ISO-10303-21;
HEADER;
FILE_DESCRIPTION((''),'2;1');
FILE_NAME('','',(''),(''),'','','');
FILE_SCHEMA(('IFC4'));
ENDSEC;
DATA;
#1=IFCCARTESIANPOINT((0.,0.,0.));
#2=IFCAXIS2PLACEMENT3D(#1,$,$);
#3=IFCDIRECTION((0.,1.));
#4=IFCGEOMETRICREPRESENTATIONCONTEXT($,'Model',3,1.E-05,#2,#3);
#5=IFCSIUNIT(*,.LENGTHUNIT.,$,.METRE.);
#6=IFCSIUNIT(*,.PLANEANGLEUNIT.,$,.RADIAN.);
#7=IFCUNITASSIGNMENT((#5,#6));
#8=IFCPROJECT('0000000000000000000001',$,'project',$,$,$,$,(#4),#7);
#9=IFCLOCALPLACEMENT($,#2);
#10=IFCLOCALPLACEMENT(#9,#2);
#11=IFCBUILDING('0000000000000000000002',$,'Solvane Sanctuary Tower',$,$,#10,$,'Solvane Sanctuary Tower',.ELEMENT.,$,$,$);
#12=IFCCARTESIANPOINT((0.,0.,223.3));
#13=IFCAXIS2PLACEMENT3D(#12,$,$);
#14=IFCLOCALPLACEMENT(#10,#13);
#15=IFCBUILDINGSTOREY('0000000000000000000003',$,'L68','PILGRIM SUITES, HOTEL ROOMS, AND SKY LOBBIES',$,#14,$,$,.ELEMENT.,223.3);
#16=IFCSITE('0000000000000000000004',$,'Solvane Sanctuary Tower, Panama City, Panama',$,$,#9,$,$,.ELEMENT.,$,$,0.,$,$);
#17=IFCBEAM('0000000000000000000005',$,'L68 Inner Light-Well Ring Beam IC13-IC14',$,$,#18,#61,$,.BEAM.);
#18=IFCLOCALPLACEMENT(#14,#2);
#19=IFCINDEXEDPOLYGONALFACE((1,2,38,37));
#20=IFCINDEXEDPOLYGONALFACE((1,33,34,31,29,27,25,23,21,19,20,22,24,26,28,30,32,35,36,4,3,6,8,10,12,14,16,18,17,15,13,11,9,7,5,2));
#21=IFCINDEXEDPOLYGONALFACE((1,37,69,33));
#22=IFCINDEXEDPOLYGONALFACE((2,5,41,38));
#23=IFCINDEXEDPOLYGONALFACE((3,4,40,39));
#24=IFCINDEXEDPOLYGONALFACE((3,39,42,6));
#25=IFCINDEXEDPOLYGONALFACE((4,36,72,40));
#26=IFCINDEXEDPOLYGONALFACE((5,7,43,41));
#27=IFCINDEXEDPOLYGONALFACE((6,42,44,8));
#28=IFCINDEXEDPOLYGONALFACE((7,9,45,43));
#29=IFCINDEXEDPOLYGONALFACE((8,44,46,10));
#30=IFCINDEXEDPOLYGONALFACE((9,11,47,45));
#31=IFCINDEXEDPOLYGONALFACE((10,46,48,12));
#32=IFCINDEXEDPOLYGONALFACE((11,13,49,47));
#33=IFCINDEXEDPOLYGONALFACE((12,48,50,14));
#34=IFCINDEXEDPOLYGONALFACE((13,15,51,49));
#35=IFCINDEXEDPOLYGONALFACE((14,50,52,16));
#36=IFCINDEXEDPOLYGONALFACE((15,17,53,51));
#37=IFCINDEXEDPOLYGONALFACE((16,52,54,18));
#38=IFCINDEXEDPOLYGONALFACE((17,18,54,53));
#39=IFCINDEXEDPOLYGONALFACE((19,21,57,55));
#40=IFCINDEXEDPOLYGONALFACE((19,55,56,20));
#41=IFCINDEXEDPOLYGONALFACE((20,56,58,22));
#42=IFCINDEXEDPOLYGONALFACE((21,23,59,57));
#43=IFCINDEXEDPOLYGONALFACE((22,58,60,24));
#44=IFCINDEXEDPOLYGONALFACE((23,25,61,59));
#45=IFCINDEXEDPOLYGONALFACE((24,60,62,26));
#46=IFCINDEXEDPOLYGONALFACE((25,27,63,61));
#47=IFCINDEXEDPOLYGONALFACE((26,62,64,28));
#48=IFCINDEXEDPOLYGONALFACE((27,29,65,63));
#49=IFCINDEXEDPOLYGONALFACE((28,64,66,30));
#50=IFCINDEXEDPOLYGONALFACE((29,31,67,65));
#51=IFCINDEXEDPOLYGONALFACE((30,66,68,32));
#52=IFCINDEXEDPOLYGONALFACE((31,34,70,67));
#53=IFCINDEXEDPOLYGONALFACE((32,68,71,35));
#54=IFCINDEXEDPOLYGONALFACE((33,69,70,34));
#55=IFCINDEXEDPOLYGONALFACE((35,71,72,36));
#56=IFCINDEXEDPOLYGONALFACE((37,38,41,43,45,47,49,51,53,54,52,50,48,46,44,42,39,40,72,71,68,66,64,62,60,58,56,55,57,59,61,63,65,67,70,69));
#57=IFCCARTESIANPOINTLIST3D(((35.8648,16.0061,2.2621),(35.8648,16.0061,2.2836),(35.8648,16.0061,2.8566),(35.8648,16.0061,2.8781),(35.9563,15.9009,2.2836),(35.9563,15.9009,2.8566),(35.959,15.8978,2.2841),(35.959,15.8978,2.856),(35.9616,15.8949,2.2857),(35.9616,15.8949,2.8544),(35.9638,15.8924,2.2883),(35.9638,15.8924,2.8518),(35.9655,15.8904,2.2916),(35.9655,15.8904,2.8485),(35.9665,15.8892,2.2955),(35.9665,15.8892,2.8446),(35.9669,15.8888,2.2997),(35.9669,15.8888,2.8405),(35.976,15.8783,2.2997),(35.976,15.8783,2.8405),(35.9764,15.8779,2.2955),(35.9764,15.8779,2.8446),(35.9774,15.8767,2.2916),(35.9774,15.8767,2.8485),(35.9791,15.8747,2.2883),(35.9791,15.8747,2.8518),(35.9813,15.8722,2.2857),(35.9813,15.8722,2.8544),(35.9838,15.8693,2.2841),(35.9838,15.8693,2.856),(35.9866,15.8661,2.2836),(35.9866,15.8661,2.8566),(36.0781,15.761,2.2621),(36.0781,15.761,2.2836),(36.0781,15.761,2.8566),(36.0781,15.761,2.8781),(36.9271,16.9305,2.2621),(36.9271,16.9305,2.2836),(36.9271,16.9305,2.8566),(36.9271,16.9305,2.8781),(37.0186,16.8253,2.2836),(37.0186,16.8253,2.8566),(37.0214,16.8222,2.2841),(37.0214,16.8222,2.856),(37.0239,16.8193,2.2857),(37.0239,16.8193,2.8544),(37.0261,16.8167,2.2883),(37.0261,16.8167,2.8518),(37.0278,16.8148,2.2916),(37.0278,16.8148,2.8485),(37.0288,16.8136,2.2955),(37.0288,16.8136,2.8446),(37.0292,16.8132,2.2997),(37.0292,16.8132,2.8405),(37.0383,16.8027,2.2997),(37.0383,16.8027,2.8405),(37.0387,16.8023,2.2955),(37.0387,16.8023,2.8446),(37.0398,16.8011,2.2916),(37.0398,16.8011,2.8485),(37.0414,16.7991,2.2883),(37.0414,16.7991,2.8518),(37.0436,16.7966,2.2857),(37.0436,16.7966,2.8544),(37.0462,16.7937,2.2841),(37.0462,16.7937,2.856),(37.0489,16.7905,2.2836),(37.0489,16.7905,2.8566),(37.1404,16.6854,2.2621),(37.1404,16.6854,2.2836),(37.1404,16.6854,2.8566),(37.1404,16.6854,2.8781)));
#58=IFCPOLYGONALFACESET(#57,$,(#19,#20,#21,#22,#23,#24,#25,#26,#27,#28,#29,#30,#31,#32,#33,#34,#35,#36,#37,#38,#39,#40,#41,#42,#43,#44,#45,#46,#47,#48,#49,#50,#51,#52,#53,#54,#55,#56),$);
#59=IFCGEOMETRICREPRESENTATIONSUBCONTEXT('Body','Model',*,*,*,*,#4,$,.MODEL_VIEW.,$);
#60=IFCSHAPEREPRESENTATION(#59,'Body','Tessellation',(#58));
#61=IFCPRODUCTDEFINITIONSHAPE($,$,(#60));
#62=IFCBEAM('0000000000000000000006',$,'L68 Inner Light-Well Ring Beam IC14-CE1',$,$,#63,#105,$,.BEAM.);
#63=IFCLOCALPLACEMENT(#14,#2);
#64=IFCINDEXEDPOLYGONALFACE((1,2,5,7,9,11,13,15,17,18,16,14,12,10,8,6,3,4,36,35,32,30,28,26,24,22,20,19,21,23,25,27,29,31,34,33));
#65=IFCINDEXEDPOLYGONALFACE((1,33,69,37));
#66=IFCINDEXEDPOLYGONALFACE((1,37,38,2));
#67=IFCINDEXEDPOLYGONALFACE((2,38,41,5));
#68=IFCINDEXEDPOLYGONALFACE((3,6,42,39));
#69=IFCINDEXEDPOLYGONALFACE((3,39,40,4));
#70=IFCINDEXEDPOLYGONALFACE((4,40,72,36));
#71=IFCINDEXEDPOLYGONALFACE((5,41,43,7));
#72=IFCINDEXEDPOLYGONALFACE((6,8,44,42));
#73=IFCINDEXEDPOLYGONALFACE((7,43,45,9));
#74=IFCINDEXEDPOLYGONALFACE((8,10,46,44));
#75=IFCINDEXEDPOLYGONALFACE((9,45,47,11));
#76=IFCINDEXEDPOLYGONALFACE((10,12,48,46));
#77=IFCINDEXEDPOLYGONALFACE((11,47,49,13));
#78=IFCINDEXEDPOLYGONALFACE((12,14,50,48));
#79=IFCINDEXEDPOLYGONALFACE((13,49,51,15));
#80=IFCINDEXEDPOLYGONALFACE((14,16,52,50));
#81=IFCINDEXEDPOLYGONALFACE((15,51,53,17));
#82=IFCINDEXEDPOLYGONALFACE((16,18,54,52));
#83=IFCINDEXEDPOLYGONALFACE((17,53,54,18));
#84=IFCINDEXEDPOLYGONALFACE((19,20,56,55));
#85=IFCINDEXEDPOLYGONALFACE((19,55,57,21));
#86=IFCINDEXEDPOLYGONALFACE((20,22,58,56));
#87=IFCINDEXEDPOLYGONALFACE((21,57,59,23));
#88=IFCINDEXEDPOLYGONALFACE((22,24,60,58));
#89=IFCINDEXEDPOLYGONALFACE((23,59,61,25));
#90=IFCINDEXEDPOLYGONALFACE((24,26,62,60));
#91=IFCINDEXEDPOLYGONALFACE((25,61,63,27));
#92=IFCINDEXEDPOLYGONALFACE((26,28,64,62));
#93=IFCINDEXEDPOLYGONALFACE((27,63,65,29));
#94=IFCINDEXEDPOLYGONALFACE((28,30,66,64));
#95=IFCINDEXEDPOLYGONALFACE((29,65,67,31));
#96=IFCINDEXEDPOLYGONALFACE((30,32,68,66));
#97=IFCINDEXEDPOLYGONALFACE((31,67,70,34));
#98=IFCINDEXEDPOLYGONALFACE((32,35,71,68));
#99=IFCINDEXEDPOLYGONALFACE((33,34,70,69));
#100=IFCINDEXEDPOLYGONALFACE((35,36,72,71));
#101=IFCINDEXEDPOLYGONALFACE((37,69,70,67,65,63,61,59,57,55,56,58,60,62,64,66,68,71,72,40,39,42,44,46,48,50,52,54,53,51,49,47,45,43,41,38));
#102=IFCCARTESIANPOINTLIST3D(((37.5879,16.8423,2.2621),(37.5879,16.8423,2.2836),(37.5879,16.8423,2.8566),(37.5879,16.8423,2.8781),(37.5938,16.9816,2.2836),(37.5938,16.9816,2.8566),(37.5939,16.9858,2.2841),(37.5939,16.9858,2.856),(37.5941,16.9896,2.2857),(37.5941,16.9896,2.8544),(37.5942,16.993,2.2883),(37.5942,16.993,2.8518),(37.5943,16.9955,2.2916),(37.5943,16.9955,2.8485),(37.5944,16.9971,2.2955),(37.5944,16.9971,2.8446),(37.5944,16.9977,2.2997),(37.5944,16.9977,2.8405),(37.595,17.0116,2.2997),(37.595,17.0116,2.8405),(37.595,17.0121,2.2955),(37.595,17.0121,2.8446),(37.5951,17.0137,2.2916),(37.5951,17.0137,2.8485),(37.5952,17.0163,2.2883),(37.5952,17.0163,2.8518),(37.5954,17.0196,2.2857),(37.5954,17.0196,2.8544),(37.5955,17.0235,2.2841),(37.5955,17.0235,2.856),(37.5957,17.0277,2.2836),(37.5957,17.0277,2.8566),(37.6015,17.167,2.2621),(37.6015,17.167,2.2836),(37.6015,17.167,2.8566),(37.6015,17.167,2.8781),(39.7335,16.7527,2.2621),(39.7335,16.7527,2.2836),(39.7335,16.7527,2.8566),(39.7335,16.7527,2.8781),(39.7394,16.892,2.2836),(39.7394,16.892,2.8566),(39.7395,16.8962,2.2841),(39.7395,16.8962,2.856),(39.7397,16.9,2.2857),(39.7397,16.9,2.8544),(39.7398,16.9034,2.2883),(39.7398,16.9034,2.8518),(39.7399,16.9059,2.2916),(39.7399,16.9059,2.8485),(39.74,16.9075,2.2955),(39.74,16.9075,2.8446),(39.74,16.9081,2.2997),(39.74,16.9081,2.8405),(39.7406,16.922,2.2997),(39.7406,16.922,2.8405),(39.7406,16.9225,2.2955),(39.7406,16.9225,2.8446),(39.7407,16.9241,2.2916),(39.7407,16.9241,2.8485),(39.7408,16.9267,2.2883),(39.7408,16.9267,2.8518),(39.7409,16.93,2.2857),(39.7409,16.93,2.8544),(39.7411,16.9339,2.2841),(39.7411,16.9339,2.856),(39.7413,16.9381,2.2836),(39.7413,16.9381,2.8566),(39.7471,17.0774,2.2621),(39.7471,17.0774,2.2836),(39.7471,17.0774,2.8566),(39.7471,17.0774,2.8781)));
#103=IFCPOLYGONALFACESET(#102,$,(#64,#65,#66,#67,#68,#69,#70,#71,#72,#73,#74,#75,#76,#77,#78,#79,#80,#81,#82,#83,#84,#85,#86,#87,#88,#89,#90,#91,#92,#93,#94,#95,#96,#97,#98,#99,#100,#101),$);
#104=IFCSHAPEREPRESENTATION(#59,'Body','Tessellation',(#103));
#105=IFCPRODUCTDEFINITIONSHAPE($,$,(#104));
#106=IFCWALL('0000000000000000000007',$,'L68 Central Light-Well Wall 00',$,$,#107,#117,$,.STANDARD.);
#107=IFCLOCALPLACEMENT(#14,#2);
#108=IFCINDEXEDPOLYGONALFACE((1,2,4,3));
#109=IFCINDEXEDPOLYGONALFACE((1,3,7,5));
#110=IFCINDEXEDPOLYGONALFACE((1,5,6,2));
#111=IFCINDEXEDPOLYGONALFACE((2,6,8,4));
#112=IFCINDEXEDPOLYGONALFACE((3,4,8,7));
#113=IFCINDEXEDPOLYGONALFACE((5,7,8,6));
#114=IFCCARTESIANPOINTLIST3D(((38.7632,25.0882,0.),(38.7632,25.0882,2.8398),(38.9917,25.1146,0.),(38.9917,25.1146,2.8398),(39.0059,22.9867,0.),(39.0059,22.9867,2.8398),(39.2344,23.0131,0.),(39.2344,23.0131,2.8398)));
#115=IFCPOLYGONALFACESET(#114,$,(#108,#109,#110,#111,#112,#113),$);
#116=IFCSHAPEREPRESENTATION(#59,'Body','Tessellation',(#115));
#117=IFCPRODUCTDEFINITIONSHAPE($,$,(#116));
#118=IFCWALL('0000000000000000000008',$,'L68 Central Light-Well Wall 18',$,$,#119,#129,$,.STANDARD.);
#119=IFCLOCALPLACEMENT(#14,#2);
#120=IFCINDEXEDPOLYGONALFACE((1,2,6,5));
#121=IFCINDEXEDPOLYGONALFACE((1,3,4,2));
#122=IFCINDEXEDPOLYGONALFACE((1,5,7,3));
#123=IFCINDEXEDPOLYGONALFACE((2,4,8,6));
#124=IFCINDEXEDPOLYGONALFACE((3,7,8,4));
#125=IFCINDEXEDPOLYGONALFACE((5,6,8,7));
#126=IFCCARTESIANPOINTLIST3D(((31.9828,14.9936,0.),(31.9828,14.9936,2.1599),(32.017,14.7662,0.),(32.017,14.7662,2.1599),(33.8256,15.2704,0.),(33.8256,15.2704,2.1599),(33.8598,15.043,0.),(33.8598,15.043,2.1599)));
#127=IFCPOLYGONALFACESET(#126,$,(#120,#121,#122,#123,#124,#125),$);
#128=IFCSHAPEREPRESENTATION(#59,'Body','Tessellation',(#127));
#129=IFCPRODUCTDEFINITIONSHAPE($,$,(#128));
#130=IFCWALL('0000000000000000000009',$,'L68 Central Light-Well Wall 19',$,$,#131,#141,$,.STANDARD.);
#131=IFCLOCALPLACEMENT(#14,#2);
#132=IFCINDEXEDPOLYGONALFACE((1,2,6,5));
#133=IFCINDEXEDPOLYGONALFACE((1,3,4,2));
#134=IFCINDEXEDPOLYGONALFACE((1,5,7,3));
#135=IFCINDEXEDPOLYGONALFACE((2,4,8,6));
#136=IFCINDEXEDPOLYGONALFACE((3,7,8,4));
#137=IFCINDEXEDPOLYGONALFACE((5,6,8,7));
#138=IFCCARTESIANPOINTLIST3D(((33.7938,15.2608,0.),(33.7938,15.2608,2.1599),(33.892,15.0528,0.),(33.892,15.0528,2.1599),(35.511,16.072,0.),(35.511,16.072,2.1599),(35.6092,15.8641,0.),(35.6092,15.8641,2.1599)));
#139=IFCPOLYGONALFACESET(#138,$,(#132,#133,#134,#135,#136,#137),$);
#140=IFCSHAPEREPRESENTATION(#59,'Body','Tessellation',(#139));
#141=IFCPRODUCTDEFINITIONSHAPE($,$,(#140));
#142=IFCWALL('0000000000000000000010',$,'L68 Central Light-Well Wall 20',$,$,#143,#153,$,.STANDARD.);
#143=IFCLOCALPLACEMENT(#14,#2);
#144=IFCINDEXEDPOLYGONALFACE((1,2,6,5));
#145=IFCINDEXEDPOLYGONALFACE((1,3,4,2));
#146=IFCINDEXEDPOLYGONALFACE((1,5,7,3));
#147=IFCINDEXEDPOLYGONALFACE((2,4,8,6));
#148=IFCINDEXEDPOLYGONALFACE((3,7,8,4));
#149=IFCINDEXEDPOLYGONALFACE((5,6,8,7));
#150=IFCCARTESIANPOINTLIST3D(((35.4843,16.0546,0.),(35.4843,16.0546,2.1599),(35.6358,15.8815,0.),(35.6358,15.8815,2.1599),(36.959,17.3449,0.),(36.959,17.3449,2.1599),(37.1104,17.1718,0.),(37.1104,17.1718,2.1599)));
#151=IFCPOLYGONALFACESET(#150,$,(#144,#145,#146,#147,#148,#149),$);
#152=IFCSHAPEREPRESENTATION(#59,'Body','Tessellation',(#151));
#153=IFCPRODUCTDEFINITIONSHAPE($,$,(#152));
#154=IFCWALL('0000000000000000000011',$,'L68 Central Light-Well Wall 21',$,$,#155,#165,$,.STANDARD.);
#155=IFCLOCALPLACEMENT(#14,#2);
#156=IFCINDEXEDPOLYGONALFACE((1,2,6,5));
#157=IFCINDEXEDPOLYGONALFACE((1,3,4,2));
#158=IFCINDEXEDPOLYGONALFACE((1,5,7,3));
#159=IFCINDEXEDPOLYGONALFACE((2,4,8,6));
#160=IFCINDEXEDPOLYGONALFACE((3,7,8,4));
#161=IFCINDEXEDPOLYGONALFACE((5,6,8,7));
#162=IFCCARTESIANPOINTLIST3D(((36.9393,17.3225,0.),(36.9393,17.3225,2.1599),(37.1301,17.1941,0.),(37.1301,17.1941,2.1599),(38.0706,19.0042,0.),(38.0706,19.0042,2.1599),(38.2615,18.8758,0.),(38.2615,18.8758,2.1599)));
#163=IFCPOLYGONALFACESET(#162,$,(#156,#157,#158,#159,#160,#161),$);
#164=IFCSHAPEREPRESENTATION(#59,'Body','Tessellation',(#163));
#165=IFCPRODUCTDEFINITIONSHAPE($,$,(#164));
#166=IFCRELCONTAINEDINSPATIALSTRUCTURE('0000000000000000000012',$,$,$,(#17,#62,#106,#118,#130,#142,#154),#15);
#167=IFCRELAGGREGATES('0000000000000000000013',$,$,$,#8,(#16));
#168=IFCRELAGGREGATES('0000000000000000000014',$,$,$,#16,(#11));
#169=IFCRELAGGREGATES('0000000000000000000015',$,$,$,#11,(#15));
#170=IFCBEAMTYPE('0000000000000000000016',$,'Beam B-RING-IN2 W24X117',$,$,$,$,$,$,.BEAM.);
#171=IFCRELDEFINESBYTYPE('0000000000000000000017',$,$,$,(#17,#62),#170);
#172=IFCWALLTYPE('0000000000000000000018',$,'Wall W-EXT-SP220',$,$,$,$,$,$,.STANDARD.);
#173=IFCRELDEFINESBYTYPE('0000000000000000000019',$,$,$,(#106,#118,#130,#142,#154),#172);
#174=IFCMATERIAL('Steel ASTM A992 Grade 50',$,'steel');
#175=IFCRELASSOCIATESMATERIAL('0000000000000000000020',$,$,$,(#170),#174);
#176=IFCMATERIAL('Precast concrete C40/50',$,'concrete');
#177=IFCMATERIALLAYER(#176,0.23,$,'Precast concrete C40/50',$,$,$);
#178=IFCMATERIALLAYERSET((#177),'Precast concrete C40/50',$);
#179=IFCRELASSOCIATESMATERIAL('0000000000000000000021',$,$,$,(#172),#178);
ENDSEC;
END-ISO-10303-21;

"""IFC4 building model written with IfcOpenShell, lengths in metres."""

from ifc_helpers import new_model, si_unit, direction, frame, frame_2d, origin, origin_2d, place, context, subcontext, project, spatial, rectangle, i_section, extrude, material, layer, layer_set, material_profile, profile_set, type_object, element, save


model = new_model("IFC4")

# Units and contexts
model_context = context("Model", 3, precision=1e-05, world=origin(), true_north=direction((0.0, 1.0)))
body_context = subcontext(model_context, "Body", "Model", "MODEL_VIEW")
ifc_project = project(units=[si_unit("LENGTHUNIT", "METRE"), si_unit("PLANEANGLEUNIT", "RADIAN")], contexts=[model_context])

# Site, building, storey
site_placement = place(None, origin())
site = spatial("IfcSite", under=ifc_project, at=site_placement, Name="Solvane Sanctuary Tower, Panama City, Panama", CompositionType="ELEMENT", RefElevation=0.0)
building_placement = place(site_placement, origin())
building = spatial("IfcBuilding", under=site, at=building_placement, Name="Solvane Sanctuary Tower", LongName="Solvane Sanctuary Tower", CompositionType="ELEMENT")
storey_placement = place(building_placement, frame((0.0, 0.0, 223.3)))
storey = spatial("IfcBuildingStorey", under=building, at=storey_placement, Name="L68", Description="PILGRIM SUITES, HOTEL ROOMS, AND SKY LOBBIES", CompositionType="ELEMENT", Elevation=223.3)

# Beams
ifc_material_1 = material(Name="Steel ASTM A992 Grade 50", Category="steel")
ifc_material_profile_1 = material_profile(ifc_material_1, i_section(OverallWidth=0.325, OverallDepth=0.616, WebThickness=0.0139, FlangeThickness=0.0215, FilletRadius=0.0161, at=origin_2d()), Name="W24X117")
ifc_profile_set_1 = profile_set([ifc_material_profile_1], Name="Steel ASTM A992 Grade 50")
beam_type_1 = type_object("IfcBeamType", Name="Beam B-RING-IN2 W24X117", PredefinedType="BEAM", material=ifc_profile_set_1)
beam_1_placement = place(storey_placement, frame((35.9714, 15.8835, 2.5701), z_axis=(0.754389, 0.656428, 0.0), x_axis=(-0.656428, 0.754389, 0.0)))
element("IfcBeam", 1, at=beam_1_placement, inside=storey, type_object=beam_type_1, Name="L68 Inner Light-Well Ring Beam IC13-IC14", PredefinedType="BEAM", context=body_context, shape_type="SweptSolid", body=[
    extrude(i_section(OverallWidth=0.325, OverallDepth=0.616, WebThickness=0.0139, FlangeThickness=0.0215, FilletRadius=0.0161, at=origin_2d()), origin(), (0.0, 0.0, 1.0), 1.4082),
])
beam_2_placement = place(storey_placement, frame((37.5947, 17.0046, 2.5701), z_axis=(0.999129, -0.041725, 0.0), x_axis=(0.041725, 0.999129, 0.0)))
element("IfcBeam", 2, at=beam_2_placement, inside=storey, type_object=beam_type_1, Name="L68 Inner Light-Well Ring Beam IC14-CE1", PredefinedType="BEAM", context=body_context, shape_type="SweptSolid", body=[
    extrude(i_section(OverallWidth=0.325, OverallDepth=0.616, WebThickness=0.0139, FlangeThickness=0.0215, FilletRadius=0.0161, at=origin_2d()), origin(), (0.0, 0.0, 1.0), 2.1475),
])

# Walls
ifc_material_2 = material(Name="Precast concrete C40/50", Category="concrete")
ifc_layer_1 = layer(ifc_material_2, 0.23, Name="Precast concrete C40/50")
ifc_layer_set_1 = layer_set([ifc_layer_1], Name="Precast concrete C40/50")
wall_type_1 = type_object("IfcWallType", Name="Wall W-EXT-SP220", PredefinedType="STANDARD", material=ifc_layer_set_1)
wall_1_placement = place(storey_placement, frame((39.1201, 23.0, 0.0), z_axis=(0.0, 0.0, 1.0), x_axis=(-0.114712, 0.993399, 0.0)))
element("IfcWall", 3, at=wall_1_placement, inside=storey, type_object=wall_type_1, Name="L68 Central Light-Well Wall 00", PredefinedType="STANDARD", context=body_context, shape_type="SweptSolid", body=[
    extrude(rectangle(XDim=2.1155, YDim=0.23, at=frame_2d((1.0576, 0.0))), origin(), (0.0, 0.0, 1.0), 2.8398),
])
wall_2_placement = place(storey_placement, frame((32.0, 14.8799, 0.0), z_axis=(0.0, 0.0, 1.0), x_axis=(0.988902, 0.148571, 0.0)))
element("IfcWall", 4, at=wall_2_placement, inside=storey, type_object=wall_type_1, Name="L68 Central Light-Well Wall 18", PredefinedType="STANDARD", context=body_context, shape_type="SweptSolid", body=[
    extrude(rectangle(XDim=1.8635, YDim=0.23, at=frame_2d((0.9316, 0.0))), origin(), (0.0, 0.0, 1.0), 2.1599),
])
wall_3_placement = place(storey_placement, frame((33.8428, 15.1567, 0.0), z_axis=(0.0, 0.0, 1.0), x_axis=(0.90418, 0.427152, 0.0)))
element("IfcWall", 5, at=wall_3_placement, inside=storey, type_object=wall_type_1, Name="L68 Central Light-Well Wall 19", PredefinedType="STANDARD", context=body_context, shape_type="SweptSolid", body=[
    extrude(rectangle(XDim=1.8992, YDim=0.23, at=frame_2d((0.9497, 0.0))), origin(), (0.0, 0.0, 1.0), 2.1599),
])
wall_4_placement = place(storey_placement, frame((35.5601, 15.968, 0.0), z_axis=(0.0, 0.0, 1.0), x_axis=(0.752577, 0.658505, 0.0)))
element("IfcWall", 6, at=wall_4_placement, inside=storey, type_object=wall_type_1, Name="L68 Central Light-Well Wall 20", PredefinedType="STANDARD", context=body_context, shape_type="SweptSolid", body=[
    extrude(rectangle(XDim=1.9595, YDim=0.23, at=frame_2d((0.9797, 0.0))), origin(), (0.0, 0.0, 1.0), 2.1599),
])
wall_5_placement = place(storey_placement, frame((37.0347, 17.2583, 0.0), z_axis=(0.0, 0.0, 1.0), x_axis=(0.558198, 0.829708, 0.0)))
element("IfcWall", 7, at=wall_5_placement, inside=storey, type_object=wall_type_1, Name="L68 Central Light-Well Wall 21", PredefinedType="STANDARD", context=body_context, shape_type="SweptSolid", body=[
    extrude(rectangle(XDim=2.0269, YDim=0.23, at=frame_2d((1.0134, 0.0))), origin(), (0.0, 0.0, 1.0), 2.1599),
])

save(model, "model.ifc")
